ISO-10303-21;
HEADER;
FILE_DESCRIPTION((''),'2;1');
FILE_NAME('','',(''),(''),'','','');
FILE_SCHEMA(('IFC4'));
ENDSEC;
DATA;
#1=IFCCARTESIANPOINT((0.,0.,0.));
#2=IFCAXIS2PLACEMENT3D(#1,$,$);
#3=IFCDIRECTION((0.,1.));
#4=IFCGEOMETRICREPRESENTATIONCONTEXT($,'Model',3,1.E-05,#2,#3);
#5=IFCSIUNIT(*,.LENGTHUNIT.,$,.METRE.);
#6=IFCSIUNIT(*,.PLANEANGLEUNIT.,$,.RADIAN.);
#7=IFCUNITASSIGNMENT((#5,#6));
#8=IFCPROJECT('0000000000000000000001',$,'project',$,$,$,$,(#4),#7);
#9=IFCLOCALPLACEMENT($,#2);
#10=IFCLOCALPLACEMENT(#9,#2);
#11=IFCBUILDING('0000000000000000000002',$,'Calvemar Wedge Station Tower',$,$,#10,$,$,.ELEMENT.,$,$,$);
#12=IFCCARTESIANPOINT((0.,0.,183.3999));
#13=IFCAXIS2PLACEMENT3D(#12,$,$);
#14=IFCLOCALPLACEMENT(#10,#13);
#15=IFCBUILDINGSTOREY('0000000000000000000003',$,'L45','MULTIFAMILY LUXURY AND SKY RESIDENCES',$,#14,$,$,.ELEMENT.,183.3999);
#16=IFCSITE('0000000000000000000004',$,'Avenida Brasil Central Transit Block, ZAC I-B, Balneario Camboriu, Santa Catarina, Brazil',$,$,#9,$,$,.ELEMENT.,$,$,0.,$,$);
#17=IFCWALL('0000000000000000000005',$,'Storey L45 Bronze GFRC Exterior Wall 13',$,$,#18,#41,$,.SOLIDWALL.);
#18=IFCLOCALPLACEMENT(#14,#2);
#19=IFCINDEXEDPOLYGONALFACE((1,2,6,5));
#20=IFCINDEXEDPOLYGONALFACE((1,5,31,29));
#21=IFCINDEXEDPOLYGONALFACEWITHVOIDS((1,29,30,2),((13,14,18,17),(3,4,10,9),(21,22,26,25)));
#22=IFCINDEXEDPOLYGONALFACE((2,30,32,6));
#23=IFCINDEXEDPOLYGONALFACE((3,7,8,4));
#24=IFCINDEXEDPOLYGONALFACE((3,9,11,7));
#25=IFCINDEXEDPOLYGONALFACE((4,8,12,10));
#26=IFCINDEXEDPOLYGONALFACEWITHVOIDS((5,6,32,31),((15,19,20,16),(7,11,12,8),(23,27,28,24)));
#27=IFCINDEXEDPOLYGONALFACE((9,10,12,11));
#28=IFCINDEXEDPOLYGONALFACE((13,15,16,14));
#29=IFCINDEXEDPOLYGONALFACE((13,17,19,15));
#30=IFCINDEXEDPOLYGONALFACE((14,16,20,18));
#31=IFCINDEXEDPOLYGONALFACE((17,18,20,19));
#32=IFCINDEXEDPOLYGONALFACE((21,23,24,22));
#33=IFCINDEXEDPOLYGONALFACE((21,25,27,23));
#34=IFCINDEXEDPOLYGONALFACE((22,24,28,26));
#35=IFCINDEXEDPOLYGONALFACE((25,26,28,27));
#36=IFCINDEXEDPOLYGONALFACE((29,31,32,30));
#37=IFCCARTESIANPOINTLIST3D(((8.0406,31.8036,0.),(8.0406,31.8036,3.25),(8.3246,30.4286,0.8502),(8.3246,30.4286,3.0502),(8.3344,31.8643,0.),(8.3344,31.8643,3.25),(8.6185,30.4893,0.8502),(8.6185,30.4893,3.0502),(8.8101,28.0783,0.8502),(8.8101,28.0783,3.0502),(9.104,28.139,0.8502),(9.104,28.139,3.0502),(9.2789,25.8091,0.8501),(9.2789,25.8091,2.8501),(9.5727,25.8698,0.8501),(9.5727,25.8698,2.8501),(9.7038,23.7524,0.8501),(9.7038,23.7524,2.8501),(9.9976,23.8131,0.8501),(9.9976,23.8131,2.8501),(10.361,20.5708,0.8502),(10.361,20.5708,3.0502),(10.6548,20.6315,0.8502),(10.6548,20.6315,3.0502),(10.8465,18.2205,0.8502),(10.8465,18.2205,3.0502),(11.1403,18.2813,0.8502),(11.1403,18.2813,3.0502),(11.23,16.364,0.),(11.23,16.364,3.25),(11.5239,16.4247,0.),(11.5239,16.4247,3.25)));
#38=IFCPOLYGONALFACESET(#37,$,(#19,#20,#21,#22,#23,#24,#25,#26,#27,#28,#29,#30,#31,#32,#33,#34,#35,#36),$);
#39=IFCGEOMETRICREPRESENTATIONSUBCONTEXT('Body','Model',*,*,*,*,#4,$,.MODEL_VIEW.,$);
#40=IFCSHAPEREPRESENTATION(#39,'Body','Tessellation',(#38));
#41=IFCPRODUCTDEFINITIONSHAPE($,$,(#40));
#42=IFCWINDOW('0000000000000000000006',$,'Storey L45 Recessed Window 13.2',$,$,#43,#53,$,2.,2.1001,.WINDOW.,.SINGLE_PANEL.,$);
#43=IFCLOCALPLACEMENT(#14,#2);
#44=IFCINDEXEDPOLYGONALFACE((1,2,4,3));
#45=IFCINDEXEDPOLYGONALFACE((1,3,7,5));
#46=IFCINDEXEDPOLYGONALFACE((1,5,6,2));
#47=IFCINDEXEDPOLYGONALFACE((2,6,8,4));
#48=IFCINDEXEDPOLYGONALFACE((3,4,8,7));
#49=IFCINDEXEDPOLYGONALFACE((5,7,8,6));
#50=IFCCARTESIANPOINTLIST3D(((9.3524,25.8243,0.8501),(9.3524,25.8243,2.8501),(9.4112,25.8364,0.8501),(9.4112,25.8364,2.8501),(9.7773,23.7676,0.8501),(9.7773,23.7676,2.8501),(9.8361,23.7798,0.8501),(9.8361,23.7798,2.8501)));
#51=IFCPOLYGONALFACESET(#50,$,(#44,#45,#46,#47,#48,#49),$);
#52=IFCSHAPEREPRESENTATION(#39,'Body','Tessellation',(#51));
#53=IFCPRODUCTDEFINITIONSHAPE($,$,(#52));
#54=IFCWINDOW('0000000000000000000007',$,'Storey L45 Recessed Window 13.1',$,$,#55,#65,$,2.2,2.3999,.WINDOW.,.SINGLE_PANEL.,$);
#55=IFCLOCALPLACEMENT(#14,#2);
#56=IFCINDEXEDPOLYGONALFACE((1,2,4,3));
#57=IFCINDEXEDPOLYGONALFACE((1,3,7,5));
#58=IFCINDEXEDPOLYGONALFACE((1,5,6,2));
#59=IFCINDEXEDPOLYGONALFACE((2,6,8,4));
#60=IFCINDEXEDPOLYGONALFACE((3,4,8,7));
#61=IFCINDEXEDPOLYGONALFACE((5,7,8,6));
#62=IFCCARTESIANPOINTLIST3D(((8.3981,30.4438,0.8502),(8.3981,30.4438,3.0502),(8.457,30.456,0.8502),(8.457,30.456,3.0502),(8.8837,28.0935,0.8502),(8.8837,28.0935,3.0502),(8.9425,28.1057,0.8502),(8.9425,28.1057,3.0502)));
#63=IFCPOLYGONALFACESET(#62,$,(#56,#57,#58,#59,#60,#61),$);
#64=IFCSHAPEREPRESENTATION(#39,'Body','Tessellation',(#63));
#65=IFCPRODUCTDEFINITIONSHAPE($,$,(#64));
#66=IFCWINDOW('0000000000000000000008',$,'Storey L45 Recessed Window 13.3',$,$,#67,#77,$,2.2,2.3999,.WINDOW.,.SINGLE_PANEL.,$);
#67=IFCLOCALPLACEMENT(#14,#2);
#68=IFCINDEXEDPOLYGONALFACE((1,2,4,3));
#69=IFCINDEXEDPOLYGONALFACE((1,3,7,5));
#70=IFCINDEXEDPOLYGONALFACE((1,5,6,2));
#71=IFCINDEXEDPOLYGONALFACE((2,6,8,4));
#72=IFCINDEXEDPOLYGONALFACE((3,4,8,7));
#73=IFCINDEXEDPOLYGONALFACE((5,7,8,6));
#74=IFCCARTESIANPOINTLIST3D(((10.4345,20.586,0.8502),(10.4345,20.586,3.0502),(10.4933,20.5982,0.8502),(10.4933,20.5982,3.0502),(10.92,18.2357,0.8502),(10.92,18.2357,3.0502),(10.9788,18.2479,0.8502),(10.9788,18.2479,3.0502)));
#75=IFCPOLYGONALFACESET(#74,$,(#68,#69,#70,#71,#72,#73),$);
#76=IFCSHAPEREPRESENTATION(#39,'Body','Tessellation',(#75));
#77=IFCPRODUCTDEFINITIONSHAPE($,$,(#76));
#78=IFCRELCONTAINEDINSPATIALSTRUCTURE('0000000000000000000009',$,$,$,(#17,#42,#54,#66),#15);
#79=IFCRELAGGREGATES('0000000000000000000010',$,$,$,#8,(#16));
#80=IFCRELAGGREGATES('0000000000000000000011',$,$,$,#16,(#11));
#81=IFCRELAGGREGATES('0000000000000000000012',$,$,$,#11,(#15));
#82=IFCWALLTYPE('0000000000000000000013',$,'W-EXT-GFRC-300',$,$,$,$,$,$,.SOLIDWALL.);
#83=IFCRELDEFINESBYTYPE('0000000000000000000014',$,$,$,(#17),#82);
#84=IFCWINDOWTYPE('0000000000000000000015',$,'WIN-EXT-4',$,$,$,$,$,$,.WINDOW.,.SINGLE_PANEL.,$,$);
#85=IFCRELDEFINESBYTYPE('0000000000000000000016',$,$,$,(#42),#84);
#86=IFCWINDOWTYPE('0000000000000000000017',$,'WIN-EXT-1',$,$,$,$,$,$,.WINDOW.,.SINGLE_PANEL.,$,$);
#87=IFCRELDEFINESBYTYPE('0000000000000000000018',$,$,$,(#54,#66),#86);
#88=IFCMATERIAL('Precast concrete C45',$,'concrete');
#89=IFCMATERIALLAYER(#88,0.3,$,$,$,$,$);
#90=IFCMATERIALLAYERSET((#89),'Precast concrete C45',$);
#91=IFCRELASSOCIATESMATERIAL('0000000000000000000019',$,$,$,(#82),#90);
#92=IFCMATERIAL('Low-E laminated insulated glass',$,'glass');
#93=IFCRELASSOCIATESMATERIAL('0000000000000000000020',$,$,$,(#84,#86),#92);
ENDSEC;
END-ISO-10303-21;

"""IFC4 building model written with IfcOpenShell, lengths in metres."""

from ifc_helpers import new_model, si_unit, direction, frame, frame_2d, origin, place, context, subcontext, project, spatial, rectangle, extrude, source, transform, mapped, material, layer, layer_set, type_object, element, fill, save


model = new_model("IFC4")

# Units and contexts
model_context = context("Model", 3, precision=1e-05, world=origin(), true_north=direction((0.0, 1.0)))
body_context = subcontext(model_context, "Body", "Model", "MODEL_VIEW")
ifc_project = project(units=[si_unit("LENGTHUNIT", "METRE"), si_unit("PLANEANGLEUNIT", "RADIAN")], contexts=[model_context])

# Site, building, storey
site_placement = place(None, origin())
site = spatial("IfcSite", under=ifc_project, at=site_placement, Name="Avenida Brasil Central Transit Block, ZAC I-B, Balneario Camboriu, Santa Catarina, Brazil", CompositionType="ELEMENT", RefElevation=0.0)
building_placement = place(site_placement, origin())
building = spatial("IfcBuilding", under=site, at=building_placement, Name="Calvemar Wedge Station Tower", CompositionType="ELEMENT")
storey_placement = place(building_placement, frame((0.0, 0.0, 183.3999)))
storey = spatial("IfcBuildingStorey", under=building, at=storey_placement, Name="L45", Description="MULTIFAMILY LUXURY AND SKY RESIDENCES", CompositionType="ELEMENT", Elevation=183.3999)

# Wall, openings, windows
ifc_material_1 = material(Name="Precast concrete C45", Category="concrete")
ifc_layer_1 = layer(ifc_material_1, 0.3)
ifc_layer_set_1 = layer_set([ifc_layer_1], Name="Precast concrete C45")
wall_type_1 = type_object("IfcWallType", Name="W-EXT-GFRC-300", PredefinedType="SOLIDWALL", material=ifc_layer_set_1)
wall_1_placement = place(storey_placement, frame((8.1875, 31.834, 0.0), z_axis=(0.0, 0.0, 1.0), x_axis=(0.202303, -0.979323, 0.0)))
wall_1 = element("IfcWall", 1, at=wall_1_placement, inside=storey, type_object=wall_type_1, Name="Storey L45 Bronze GFRC Exterior Wall 13", PredefinedType="SOLIDWALL", context=body_context, shape_type="SweptSolid", body=[
    extrude(rectangle(XDim=15.7656, YDim=0.3, at=frame_2d((7.8828, 0.0))), origin(), (0.0, 0.0, 1.0), 3.25),
])
shared_shape_1 = source(origin(), body_context, "Body", "SweptSolid", [
    extrude(rectangle(XDim=2.3999, YDim=2.2, at=frame_2d((1.2, 1.1001))), frame((0.0, 0.1602, 0.0), z_axis=(0.0, -1.0, 0.0), x_axis=(1.0, 0.0, 0.0)), (0.0, 0.0, 1.0), 0.3201),
])
opening_1_placement = place(wall_1_placement, frame((1.4041, 0.0, 0.8501)))
opening_1 = element("IfcOpeningElement", 2, at=opening_1_placement, cuts=wall_1, PredefinedType="OPENING", context=body_context, shape_type="MappedRepresentation", body=[
    mapped(shared_shape_1, transform((0.0, 0.0, 0.0), scale=1.0)),
])
shared_shape_2 = source(origin(), body_context, "Body", "SweptSolid", [
    extrude(rectangle(XDim=2.1001, YDim=2.0, at=frame_2d((1.05, 1.0))), frame((0.0, 0.1602, 0.0), z_axis=(0.0, -1.0, 0.0), x_axis=(1.0, 0.0, 0.0)), (0.0, 0.0, 1.0), 0.3201),
])
opening_2_placement = place(wall_1_placement, frame((6.1211, 0.0, 0.8501)))
opening_2 = element("IfcOpeningElement", 3, at=opening_2_placement, cuts=wall_1, PredefinedType="OPENING", context=body_context, shape_type="MappedRepresentation", body=[
    mapped(shared_shape_2, transform((0.0, 0.0, 0.0), scale=1.0)),
])
opening_3_placement = place(wall_1_placement, frame((11.47, 0.0, 0.8501)))
opening_3 = element("IfcOpeningElement", 4, at=opening_3_placement, cuts=wall_1, PredefinedType="OPENING", context=body_context, shape_type="MappedRepresentation", body=[
    mapped(shared_shape_1, transform((0.0, 0.0, 0.0), scale=1.0)),
])
ifc_material_2 = material(Name="Low-E laminated insulated glass", Category="glass")
window_type_1 = type_object("IfcWindowType", Name="WIN-EXT-4", PartitioningType="SINGLE_PANEL", PredefinedType="WINDOW", material=ifc_material_2)
shared_shape_3 = source(origin(), body_context, "Body", "SweptSolid", [
    extrude(rectangle(XDim=2.1001, YDim=2.0, at=frame_2d((1.05, 1.0))), frame((0.0, -0.0149, 0.0), z_axis=(0.0, -1.0, 0.0), x_axis=(1.0, 0.0, 0.0)), (0.0, 0.0, 1.0), 0.0601),
])
window_1_placement = place(opening_2_placement, origin())
window_1 = element("IfcWindow", 5, at=window_1_placement, inside=storey, type_object=window_type_1, Name="Storey L45 Recessed Window 13.2", OverallHeight=2.0, OverallWidth=2.1001, PartitioningType="SINGLE_PANEL", PredefinedType="WINDOW", context=body_context, shape_type="MappedRepresentation", body=[
    mapped(shared_shape_3, transform((0.0, 0.0, 0.0), scale=1.0)),
])
fill(opening_2, window_1)
window_type_2 = type_object("IfcWindowType", Name="WIN-EXT-1", PartitioningType="SINGLE_PANEL", PredefinedType="WINDOW", material=ifc_material_2)
shared_shape_4 = source(origin(), body_context, "Body", "SweptSolid", [
    extrude(rectangle(XDim=2.3999, YDim=2.2, at=frame_2d((1.2, 1.1001))), frame((0.0, -0.0149, 0.0), z_axis=(0.0, -1.0, 0.0), x_axis=(1.0, 0.0, 0.0)), (0.0, 0.0, 1.0), 0.0601),
])
window_2_placement = place(opening_1_placement, origin())
window_2 = element("IfcWindow", 6, at=window_2_placement, inside=storey, type_object=window_type_2, Name="Storey L45 Recessed Window 13.1", OverallHeight=2.2, OverallWidth=2.3999, PartitioningType="SINGLE_PANEL", PredefinedType="WINDOW", context=body_context, shape_type="MappedRepresentation", body=[
    mapped(shared_shape_4, transform((0.0, 0.0, 0.0), scale=1.0)),
])
fill(opening_1, window_2)
window_3_placement = place(opening_3_placement, origin())
window_3 = element("IfcWindow", 7, at=window_3_placement, inside=storey, type_object=window_type_2, Name="Storey L45 Recessed Window 13.3", OverallHeight=2.2, OverallWidth=2.3999, PartitioningType="SINGLE_PANEL", PredefinedType="WINDOW", context=body_context, shape_type="MappedRepresentation", body=[
    mapped(shared_shape_4, transform((0.0, 0.0, 0.0), scale=1.0)),
])
fill(opening_3, window_3)

save(model, "model.ifc")
